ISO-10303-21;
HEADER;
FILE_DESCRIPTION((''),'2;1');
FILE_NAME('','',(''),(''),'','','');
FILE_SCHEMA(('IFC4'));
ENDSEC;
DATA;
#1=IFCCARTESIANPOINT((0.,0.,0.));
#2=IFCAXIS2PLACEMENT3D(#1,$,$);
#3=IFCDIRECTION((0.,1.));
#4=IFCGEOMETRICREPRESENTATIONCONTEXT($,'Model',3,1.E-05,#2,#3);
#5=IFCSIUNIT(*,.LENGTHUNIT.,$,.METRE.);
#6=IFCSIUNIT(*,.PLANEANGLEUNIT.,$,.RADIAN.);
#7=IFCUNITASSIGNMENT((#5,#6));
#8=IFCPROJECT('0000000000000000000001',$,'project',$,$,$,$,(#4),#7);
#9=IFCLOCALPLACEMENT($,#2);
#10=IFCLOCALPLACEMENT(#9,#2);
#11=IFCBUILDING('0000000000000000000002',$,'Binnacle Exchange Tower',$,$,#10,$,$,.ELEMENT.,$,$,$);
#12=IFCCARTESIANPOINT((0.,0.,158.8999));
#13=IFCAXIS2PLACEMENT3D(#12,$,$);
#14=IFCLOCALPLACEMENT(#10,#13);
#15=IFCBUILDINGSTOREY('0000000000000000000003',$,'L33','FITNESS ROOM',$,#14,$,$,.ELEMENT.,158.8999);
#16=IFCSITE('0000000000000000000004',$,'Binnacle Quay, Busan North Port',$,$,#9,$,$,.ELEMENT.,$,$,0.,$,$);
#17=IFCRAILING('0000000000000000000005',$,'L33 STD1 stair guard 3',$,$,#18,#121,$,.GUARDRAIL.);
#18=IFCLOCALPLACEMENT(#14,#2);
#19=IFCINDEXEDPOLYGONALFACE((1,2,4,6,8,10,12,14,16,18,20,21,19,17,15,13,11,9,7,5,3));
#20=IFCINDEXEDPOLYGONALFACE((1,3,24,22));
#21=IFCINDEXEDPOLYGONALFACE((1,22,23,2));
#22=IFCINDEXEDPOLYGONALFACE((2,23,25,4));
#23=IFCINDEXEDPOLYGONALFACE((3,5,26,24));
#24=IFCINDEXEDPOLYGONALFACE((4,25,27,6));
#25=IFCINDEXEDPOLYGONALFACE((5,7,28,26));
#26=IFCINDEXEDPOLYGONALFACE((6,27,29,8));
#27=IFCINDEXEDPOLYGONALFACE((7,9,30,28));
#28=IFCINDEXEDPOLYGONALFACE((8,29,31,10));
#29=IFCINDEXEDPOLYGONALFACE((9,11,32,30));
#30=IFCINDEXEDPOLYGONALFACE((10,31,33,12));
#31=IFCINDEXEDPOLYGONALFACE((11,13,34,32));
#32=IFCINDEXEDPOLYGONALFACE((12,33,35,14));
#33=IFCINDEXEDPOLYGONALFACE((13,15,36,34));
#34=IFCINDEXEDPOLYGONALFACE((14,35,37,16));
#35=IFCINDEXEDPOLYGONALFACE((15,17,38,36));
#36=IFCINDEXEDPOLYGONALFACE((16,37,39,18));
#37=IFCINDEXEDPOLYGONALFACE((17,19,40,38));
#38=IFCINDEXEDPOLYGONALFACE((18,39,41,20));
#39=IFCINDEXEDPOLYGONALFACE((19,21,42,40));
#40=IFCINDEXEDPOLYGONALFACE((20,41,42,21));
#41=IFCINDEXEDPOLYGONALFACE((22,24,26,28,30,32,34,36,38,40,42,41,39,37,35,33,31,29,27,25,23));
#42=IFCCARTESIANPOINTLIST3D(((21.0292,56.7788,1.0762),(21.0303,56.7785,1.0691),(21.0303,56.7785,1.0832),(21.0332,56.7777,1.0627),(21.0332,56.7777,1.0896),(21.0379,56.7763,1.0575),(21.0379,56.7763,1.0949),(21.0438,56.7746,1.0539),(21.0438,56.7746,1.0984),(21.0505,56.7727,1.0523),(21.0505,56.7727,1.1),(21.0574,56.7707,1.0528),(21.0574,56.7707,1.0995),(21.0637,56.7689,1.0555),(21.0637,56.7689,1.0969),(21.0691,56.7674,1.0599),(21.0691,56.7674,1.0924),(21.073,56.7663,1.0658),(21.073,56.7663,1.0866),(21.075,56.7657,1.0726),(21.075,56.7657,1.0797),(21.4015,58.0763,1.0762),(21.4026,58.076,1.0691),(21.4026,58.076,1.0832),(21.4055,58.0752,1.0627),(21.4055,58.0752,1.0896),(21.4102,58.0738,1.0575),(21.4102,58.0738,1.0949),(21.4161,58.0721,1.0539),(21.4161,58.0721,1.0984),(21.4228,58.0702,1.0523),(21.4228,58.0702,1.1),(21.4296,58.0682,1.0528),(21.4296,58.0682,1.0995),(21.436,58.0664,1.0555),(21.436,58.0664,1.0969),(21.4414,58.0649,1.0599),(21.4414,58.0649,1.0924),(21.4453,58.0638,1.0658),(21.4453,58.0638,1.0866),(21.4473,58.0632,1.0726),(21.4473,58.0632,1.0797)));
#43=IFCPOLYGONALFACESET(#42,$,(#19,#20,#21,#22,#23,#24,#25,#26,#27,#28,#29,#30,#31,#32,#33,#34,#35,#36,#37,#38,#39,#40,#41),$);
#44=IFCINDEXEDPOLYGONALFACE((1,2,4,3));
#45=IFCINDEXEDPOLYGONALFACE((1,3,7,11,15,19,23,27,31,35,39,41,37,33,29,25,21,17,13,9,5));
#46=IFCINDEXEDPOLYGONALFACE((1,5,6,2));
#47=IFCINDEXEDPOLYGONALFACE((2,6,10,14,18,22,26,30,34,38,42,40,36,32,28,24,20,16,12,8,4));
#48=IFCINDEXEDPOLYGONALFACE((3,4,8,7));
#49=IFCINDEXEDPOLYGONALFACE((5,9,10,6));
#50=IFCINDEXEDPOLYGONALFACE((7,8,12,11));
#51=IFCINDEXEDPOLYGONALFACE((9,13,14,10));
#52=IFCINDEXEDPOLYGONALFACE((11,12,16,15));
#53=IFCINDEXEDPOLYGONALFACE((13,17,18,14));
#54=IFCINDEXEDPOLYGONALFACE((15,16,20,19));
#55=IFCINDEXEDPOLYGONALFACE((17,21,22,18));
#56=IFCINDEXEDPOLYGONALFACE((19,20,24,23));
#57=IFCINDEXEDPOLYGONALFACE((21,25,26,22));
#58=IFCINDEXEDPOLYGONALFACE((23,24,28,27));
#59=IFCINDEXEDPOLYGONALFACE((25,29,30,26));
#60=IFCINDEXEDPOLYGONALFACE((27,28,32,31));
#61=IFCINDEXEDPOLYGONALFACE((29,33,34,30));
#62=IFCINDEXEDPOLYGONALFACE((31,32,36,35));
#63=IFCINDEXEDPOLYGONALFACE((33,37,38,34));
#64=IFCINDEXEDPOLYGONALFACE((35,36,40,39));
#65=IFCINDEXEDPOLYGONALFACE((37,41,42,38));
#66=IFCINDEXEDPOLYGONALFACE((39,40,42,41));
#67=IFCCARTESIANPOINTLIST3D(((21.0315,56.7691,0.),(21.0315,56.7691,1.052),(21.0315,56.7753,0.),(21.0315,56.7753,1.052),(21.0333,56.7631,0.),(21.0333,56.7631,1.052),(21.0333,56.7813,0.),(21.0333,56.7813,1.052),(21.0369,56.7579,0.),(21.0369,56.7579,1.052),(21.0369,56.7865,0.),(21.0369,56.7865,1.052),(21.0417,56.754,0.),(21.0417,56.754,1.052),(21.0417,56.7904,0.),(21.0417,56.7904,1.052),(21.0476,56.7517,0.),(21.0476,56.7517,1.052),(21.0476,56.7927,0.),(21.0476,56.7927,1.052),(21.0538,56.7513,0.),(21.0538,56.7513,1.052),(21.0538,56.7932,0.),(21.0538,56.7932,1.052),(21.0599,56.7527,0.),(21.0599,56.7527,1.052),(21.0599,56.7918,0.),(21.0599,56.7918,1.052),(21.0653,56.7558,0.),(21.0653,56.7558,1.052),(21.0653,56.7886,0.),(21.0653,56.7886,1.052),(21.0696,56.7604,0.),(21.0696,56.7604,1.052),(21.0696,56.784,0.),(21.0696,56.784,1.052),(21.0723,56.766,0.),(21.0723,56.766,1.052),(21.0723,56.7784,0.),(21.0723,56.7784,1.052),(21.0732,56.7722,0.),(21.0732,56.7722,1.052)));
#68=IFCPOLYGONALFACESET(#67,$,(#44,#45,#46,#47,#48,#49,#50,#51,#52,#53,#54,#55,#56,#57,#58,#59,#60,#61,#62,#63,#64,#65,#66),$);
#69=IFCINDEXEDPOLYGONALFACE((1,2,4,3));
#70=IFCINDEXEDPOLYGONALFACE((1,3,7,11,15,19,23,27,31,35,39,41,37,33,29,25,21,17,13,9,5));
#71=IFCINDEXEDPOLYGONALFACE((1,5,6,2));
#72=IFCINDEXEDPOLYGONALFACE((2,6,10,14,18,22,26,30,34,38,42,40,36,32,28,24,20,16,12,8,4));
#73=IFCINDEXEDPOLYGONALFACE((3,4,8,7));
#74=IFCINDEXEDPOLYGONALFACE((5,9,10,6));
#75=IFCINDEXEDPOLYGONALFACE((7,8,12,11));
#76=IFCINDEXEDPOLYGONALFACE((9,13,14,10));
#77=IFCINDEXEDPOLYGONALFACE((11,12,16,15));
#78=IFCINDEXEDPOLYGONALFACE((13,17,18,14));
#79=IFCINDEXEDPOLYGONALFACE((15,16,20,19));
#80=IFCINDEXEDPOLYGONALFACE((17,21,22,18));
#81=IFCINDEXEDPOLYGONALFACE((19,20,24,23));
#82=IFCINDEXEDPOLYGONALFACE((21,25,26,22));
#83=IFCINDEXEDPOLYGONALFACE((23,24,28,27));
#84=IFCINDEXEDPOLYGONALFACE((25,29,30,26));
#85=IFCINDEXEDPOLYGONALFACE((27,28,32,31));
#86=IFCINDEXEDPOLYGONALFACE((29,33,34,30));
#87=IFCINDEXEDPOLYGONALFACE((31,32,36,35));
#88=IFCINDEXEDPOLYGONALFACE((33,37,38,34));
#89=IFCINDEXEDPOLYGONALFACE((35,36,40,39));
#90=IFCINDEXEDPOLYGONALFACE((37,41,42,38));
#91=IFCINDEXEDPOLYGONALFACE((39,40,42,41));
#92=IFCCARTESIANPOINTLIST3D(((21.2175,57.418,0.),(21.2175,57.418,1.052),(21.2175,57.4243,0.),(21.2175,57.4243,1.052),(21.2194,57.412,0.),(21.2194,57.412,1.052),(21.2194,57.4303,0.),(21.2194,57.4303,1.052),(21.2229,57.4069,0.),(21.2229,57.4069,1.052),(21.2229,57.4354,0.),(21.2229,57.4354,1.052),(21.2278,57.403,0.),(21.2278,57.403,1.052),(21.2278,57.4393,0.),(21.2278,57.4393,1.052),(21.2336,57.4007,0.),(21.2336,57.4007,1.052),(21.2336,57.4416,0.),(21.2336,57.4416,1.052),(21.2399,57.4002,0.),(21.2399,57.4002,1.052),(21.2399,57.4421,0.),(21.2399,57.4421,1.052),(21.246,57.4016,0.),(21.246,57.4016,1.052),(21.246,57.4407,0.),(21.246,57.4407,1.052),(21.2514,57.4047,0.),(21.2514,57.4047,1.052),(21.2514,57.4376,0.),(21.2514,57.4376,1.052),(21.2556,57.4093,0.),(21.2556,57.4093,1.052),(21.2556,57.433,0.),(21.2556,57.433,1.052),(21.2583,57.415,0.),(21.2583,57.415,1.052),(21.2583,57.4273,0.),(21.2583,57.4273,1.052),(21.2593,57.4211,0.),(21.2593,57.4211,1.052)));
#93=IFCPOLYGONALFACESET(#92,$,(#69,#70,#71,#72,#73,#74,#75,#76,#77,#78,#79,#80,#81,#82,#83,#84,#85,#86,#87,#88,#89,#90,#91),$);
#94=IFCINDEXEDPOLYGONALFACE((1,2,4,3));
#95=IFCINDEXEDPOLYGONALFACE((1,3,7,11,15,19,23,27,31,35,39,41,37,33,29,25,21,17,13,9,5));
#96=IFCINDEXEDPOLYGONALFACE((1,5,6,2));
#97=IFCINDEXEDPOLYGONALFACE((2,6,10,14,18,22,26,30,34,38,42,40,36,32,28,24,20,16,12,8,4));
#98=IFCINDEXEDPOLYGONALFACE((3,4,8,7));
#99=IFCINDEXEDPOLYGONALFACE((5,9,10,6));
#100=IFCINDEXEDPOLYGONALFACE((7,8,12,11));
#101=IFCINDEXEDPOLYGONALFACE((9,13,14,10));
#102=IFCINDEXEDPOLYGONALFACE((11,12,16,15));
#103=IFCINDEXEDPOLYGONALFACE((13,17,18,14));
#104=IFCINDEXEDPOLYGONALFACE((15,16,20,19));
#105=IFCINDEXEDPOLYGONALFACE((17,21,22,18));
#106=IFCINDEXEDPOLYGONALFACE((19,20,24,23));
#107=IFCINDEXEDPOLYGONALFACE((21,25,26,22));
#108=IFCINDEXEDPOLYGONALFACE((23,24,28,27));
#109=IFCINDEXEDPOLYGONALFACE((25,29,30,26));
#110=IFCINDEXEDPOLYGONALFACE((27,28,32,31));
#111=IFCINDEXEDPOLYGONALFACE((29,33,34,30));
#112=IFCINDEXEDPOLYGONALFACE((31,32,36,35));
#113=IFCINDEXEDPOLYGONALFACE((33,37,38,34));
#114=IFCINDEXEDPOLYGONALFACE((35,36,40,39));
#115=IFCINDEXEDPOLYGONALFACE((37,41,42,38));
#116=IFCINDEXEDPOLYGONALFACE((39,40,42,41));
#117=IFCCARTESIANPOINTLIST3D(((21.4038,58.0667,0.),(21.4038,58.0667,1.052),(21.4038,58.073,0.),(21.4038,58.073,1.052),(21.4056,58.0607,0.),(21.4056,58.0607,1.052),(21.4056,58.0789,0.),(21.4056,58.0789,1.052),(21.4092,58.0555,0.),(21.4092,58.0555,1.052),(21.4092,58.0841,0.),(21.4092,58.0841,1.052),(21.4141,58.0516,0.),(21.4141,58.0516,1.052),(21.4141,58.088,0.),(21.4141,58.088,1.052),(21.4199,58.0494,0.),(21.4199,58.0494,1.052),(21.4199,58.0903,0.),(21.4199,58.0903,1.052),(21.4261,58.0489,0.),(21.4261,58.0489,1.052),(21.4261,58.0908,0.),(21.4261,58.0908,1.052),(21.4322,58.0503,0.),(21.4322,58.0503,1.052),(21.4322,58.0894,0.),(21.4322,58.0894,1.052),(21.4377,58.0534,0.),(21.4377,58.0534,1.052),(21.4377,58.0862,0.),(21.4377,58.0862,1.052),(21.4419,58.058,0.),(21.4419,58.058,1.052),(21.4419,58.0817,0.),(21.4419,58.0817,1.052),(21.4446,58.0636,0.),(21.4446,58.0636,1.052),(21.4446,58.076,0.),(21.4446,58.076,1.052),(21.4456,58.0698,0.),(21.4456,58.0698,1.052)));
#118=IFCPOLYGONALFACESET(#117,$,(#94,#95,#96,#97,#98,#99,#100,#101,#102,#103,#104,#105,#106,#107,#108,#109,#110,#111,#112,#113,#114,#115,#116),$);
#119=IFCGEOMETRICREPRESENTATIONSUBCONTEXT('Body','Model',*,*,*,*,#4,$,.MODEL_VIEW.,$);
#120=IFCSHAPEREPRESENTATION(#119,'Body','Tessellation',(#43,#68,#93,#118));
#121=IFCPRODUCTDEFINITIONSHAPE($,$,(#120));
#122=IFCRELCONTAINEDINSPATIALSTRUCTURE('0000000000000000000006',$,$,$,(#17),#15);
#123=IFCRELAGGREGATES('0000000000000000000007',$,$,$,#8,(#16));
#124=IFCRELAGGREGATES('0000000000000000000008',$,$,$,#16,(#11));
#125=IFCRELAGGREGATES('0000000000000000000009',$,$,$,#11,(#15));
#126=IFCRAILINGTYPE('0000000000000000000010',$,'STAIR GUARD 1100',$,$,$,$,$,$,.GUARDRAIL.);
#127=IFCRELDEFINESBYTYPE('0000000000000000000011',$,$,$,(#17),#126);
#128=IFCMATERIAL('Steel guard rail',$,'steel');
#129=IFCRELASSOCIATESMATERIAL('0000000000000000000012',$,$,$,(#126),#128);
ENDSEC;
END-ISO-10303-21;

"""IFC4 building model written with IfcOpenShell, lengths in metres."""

from ifc_helpers import new_model, si_unit, direction, frame, origin, origin_2d, place, context, subcontext, project, spatial, circle, extrude, material, type_object, element, save


model = new_model("IFC4")

# Units and contexts
model_context = context("Model", 3, precision=1e-05, world=origin(), true_north=direction((0.0, 1.0)))
body_context = subcontext(model_context, "Body", "Model", "MODEL_VIEW")
ifc_project = project(units=[si_unit("LENGTHUNIT", "METRE"), si_unit("PLANEANGLEUNIT", "RADIAN")], contexts=[model_context])

# Site, building, storey
site_placement = place(None, origin())
site = spatial("IfcSite", under=ifc_project, at=site_placement, Name="Binnacle Quay, Busan North Port", CompositionType="ELEMENT", RefElevation=0.0)
building_placement = place(site_placement, origin())
building = spatial("IfcBuilding", under=site, at=building_placement, Name="Binnacle Exchange Tower", CompositionType="ELEMENT")
storey_placement = place(building_placement, frame((0.0, 0.0, 158.8999)))
storey = spatial("IfcBuildingStorey", under=building, at=storey_placement, Name="L33", Description="FITNESS ROOM", CompositionType="ELEMENT", Elevation=158.8999)

# Railing
ifc_material_1 = material(Name="Steel guard rail", Category="steel")
railing_type_1 = type_object("IfcRailingType", Name="STAIR GUARD 1100", PredefinedType="GUARDRAIL", material=ifc_material_1)
railing_1_placement = place(storey_placement, frame((21.0522, 56.7722, 0.0)))
element("IfcRailing", 1, at=railing_1_placement, inside=storey, type_object=railing_type_1, Name="L33 STD1 stair guard 3", PredefinedType="GUARDRAIL", context=body_context, shape_type="SweptSolid", body=[
    extrude(circle(Radius=0.0239, at=origin_2d()), frame((0.0, 0.0, 1.0762), z_axis=(0.275796, 0.961216, 0.0), x_axis=(-0.961216, 0.275796, 0.0)), (0.0, 0.0, 1.0), 1.3499),
    extrude(circle(Radius=0.021, at=origin_2d()), origin(), (0.0, 0.0, 1.0), 1.052),
    extrude(circle(Radius=0.021, at=origin_2d()), frame((0.186, 0.6489, 0.0)), (0.0, 0.0, 1.0), 1.052),
    extrude(circle(Radius=0.021, at=origin_2d()), frame((0.3723, 1.2976, 0.0)), (0.0, 0.0, 1.0), 1.052),
])

save(model, "model.ifc")
